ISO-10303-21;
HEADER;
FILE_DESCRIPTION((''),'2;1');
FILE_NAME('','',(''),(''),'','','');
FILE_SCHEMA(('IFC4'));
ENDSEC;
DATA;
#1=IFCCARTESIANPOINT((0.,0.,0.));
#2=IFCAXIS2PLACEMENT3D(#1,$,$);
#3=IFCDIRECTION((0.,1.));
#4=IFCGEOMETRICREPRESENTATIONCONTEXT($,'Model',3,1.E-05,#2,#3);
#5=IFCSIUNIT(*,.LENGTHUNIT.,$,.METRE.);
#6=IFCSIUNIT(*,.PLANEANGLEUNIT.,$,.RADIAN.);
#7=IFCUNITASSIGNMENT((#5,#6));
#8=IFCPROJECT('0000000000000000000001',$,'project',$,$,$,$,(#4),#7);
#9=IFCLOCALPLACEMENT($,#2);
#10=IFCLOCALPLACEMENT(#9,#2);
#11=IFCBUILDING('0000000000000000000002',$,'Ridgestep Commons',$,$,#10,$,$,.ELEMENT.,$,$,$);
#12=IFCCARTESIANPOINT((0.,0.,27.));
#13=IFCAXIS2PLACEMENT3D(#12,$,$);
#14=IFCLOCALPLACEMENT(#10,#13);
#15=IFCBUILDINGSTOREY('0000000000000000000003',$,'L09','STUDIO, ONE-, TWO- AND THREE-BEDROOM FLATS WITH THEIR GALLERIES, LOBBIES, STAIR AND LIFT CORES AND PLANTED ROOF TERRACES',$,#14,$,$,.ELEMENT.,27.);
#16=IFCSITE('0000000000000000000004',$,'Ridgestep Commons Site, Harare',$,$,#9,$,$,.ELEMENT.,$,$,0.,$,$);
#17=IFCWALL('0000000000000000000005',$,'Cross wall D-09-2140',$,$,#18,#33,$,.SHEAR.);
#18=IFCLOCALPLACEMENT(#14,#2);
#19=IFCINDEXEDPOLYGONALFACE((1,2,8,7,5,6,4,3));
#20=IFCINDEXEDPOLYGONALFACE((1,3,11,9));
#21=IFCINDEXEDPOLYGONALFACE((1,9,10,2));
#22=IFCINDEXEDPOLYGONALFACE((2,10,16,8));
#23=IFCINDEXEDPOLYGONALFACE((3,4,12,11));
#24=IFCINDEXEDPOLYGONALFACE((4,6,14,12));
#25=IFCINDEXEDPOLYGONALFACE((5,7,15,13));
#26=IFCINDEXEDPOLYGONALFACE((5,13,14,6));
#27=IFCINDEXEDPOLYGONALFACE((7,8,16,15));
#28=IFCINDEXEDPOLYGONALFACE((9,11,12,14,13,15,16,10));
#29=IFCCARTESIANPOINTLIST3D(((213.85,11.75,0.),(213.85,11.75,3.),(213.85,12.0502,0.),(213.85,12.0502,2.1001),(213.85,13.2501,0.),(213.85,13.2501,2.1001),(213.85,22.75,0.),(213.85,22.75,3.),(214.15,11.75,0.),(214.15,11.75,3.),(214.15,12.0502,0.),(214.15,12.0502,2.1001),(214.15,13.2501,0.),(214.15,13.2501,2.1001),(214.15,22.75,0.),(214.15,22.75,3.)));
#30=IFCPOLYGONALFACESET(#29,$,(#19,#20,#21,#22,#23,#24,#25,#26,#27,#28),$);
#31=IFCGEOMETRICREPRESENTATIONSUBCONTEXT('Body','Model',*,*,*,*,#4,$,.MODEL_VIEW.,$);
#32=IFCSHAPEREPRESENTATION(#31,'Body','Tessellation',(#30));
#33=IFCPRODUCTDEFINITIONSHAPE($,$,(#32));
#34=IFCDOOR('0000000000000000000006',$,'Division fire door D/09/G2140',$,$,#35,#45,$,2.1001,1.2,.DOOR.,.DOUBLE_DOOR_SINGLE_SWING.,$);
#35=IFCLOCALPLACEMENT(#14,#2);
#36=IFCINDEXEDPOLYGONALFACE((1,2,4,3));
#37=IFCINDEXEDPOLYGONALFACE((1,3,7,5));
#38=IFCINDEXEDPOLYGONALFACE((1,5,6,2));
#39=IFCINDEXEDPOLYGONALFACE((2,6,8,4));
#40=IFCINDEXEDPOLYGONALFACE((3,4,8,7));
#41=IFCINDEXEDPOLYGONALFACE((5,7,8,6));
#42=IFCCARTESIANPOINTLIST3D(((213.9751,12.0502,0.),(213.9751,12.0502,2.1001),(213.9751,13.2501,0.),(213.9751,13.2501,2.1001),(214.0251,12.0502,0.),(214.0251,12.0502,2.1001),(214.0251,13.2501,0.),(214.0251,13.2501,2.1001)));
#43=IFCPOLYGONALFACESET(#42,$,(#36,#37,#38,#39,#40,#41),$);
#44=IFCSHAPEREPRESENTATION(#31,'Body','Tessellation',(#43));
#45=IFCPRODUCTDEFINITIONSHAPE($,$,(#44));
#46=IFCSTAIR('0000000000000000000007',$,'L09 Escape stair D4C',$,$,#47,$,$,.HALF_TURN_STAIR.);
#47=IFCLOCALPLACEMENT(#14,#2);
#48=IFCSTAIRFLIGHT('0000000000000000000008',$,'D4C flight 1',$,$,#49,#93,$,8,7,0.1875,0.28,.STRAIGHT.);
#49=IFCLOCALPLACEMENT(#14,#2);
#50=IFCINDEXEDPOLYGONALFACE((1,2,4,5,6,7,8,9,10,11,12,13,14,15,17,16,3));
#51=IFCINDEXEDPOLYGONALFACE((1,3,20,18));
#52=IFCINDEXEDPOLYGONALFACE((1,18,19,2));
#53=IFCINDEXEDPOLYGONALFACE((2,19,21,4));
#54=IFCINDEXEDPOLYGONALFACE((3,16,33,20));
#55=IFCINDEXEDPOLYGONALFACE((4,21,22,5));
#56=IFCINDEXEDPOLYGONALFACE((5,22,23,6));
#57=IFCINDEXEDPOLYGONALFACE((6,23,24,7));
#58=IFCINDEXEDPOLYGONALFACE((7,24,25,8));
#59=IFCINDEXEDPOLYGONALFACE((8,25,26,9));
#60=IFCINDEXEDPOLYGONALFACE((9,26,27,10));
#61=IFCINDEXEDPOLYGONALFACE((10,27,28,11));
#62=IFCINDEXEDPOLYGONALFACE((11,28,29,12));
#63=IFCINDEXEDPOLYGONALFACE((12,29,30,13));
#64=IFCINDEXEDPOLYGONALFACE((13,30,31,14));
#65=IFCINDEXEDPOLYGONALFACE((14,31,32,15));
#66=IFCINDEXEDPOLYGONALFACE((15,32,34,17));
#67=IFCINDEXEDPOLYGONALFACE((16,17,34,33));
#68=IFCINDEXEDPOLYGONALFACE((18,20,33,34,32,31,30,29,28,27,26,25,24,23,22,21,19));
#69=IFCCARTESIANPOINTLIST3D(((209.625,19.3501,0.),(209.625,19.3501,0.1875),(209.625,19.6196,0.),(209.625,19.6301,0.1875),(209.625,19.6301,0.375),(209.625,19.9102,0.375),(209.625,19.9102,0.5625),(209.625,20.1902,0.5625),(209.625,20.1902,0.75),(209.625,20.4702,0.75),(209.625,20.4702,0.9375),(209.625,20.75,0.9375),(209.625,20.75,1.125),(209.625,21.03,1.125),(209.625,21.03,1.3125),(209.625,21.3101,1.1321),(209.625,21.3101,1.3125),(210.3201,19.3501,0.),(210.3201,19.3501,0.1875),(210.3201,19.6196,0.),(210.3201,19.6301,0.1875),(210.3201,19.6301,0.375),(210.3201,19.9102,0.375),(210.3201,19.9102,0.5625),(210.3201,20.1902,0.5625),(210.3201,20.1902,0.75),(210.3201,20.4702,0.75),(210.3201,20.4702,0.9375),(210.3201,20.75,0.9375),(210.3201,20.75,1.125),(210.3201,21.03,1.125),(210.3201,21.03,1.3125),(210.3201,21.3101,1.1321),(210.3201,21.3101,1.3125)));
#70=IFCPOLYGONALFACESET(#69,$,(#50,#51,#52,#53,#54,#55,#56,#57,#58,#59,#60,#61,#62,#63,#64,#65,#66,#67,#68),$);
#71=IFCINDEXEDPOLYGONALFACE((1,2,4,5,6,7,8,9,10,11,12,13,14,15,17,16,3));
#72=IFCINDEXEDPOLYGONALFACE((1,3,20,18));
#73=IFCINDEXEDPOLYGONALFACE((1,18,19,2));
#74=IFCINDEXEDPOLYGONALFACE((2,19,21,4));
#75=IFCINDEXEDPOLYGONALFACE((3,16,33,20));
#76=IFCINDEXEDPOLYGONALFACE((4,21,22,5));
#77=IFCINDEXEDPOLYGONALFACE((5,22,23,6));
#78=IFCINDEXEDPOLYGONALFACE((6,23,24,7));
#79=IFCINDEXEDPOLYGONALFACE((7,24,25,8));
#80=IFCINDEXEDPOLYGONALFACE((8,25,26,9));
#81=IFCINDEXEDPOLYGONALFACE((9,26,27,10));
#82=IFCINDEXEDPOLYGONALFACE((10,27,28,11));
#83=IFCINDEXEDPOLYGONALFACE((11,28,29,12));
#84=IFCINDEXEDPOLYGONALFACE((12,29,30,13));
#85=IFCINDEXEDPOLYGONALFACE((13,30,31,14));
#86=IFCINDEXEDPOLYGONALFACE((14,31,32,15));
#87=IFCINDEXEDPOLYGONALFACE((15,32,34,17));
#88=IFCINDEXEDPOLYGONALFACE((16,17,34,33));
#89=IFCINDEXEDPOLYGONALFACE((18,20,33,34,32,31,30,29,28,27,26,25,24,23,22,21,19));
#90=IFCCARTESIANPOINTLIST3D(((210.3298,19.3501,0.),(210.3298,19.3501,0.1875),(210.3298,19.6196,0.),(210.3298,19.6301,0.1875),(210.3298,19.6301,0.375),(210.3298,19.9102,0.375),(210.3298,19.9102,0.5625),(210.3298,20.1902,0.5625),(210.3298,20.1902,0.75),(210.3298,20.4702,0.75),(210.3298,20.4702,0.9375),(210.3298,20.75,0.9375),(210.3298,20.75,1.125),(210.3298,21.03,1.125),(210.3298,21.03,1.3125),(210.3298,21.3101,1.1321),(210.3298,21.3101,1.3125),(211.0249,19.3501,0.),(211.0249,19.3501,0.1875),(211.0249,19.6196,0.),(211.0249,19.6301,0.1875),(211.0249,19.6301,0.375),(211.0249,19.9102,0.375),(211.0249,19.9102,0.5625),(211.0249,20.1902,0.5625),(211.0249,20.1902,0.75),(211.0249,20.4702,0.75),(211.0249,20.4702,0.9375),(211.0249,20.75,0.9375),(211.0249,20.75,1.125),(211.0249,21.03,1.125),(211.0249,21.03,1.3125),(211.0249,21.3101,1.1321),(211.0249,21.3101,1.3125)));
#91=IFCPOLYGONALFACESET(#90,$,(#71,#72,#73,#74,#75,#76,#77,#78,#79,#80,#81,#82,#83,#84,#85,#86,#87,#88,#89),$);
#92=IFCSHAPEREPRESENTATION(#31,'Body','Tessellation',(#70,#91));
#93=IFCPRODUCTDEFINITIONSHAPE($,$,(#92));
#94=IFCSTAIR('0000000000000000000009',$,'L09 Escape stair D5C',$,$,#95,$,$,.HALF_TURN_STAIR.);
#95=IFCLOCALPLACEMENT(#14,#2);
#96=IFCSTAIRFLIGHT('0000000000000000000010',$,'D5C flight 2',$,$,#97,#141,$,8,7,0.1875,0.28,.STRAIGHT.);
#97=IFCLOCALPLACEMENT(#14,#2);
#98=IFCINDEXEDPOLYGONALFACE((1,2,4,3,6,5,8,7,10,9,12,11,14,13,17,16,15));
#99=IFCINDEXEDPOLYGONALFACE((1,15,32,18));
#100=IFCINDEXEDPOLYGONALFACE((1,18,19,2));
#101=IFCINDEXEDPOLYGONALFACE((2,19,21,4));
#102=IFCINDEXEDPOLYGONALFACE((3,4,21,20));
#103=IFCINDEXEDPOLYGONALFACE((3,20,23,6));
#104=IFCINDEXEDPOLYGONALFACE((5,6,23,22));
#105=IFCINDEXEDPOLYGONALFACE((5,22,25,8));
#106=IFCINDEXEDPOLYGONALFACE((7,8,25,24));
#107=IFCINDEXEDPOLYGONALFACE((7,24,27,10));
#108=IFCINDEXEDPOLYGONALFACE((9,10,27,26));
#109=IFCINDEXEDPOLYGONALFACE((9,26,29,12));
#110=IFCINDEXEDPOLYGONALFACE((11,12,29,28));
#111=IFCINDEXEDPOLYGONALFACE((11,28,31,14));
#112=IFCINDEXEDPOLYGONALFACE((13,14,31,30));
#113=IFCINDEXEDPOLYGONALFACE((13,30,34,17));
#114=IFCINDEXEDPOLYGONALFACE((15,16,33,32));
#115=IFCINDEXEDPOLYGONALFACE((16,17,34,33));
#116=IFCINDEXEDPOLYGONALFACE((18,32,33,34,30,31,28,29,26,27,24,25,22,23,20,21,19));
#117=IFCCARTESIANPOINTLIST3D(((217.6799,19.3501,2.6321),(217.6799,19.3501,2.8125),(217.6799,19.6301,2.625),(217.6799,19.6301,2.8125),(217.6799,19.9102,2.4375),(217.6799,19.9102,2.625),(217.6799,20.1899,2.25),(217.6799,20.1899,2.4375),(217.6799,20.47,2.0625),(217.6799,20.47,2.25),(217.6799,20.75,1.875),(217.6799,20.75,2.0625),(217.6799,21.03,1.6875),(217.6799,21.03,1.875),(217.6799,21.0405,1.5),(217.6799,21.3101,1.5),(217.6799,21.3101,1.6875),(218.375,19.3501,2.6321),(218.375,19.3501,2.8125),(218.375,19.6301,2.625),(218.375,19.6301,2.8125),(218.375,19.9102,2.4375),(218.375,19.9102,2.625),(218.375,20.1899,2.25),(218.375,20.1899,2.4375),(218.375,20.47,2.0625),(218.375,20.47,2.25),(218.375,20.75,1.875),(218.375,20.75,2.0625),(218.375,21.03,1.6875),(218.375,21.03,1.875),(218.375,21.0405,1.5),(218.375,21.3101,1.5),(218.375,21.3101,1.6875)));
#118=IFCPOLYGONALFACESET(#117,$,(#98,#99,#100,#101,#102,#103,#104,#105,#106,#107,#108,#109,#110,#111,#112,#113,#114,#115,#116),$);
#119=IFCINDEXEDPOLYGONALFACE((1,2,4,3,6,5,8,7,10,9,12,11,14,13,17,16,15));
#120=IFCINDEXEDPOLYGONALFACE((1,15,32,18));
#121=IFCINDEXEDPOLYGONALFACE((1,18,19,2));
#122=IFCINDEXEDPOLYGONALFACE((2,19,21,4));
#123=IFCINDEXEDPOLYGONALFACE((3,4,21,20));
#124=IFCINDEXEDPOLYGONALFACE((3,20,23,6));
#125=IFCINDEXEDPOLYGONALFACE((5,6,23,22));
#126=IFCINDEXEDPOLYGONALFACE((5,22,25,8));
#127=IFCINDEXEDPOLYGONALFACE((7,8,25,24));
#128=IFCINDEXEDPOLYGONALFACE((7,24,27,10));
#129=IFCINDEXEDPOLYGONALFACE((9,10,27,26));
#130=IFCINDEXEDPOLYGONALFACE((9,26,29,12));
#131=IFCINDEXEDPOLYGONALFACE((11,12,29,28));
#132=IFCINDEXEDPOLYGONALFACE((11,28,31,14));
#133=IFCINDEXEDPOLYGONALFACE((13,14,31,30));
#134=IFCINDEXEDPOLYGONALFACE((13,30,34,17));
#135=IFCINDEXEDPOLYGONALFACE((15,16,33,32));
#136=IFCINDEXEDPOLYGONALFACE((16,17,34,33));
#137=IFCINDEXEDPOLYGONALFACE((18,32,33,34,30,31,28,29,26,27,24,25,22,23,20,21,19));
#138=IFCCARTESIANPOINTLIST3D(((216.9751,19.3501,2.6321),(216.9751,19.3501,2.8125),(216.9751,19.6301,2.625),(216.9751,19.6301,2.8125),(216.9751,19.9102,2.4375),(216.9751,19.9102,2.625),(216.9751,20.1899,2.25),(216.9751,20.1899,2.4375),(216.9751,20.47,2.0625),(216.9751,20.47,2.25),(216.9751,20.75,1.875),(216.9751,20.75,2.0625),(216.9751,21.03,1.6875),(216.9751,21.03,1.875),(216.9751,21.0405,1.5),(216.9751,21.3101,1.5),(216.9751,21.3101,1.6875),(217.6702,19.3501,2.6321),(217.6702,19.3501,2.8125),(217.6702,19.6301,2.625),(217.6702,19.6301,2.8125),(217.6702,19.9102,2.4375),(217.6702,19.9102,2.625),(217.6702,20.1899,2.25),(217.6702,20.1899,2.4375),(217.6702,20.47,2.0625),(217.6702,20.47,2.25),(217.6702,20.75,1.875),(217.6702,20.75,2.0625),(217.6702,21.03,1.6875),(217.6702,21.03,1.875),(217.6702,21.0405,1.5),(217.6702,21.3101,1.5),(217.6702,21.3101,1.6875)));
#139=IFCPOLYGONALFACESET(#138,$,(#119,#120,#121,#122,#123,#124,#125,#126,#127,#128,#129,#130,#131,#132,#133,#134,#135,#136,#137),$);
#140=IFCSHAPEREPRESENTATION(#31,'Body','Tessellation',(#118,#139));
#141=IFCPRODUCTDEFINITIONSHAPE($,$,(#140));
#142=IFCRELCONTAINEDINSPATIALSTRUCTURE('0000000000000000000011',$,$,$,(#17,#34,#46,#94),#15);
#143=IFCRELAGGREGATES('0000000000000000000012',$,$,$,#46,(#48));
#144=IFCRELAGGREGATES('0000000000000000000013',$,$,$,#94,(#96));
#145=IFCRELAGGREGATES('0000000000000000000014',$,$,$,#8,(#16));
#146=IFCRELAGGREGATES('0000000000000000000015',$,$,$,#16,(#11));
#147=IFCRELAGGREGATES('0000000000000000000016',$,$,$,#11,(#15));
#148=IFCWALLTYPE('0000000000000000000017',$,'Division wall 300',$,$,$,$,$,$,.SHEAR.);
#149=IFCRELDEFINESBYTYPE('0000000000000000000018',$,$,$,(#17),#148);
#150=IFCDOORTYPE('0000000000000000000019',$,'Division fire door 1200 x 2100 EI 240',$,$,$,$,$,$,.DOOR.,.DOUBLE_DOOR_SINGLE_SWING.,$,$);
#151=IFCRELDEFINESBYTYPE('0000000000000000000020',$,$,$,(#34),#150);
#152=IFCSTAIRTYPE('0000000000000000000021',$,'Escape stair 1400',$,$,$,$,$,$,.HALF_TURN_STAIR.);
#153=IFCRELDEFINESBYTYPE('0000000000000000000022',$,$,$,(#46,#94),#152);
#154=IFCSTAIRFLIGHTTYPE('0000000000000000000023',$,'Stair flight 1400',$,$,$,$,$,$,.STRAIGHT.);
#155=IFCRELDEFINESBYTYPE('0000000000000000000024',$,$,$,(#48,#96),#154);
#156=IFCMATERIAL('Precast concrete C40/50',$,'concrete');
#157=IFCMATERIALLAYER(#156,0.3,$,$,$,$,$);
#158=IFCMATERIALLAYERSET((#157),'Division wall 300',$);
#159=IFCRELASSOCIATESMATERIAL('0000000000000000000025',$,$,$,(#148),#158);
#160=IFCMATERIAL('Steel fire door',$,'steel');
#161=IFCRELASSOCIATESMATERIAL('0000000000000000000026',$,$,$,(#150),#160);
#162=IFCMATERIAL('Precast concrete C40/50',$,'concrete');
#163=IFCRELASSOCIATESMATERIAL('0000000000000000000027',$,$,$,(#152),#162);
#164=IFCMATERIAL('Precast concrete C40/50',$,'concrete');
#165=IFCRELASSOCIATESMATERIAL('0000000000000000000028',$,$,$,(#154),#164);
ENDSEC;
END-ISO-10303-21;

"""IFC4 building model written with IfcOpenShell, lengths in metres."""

from ifc_helpers import new_model, si_unit, direction, frame, frame_2d, origin, place, context, subcontext, project, spatial, polyline, rectangle, outline, extrude, material, layer, layer_set, type_object, element, fill, aggregate, save


model = new_model("IFC4")

# Units and contexts
model_context = context("Model", 3, precision=1e-05, world=origin(), true_north=direction((0.0, 1.0)))
body_context = subcontext(model_context, "Body", "Model", "MODEL_VIEW")
ifc_project = project(units=[si_unit("LENGTHUNIT", "METRE"), si_unit("PLANEANGLEUNIT", "RADIAN")], contexts=[model_context])

# Site, building, storey
site_placement = place(None, origin())
site = spatial("IfcSite", under=ifc_project, at=site_placement, Name="Ridgestep Commons Site, Harare", CompositionType="ELEMENT", RefElevation=0.0)
building_placement = place(site_placement, origin())
building = spatial("IfcBuilding", under=site, at=building_placement, Name="Ridgestep Commons", CompositionType="ELEMENT")
storey_placement = place(building_placement, frame((0.0, 0.0, 27.0)))
storey = spatial("IfcBuildingStorey", under=building, at=storey_placement, Name="L09", Description="STUDIO, ONE-, TWO- AND THREE-BEDROOM FLATS WITH THEIR GALLERIES, LOBBIES, STAIR AND LIFT CORES AND PLANTED ROOF TERRACES", CompositionType="ELEMENT", Elevation=27.0)

# Wall, opening, door
ifc_material_1 = material(Name="Precast concrete C40/50", Category="concrete")
ifc_layer_1 = layer(ifc_material_1, 0.3)
ifc_layer_set_1 = layer_set([ifc_layer_1], Name="Division wall 300")
wall_type_1 = type_object("IfcWallType", Name="Division wall 300", PredefinedType="SHEAR", material=ifc_layer_set_1)
wall_1_placement = place(storey_placement, frame((214.0, 11.75, 0.0), z_axis=(0.0, 0.0, 1.0), x_axis=(0.0, 1.0, 0.0)))
wall_1 = element("IfcWall", 1, at=wall_1_placement, inside=storey, type_object=wall_type_1, Name="Cross wall D-09-2140", PredefinedType="SHEAR", context=body_context, shape_type="SweptSolid", body=[
    extrude(rectangle(XDim=11.0, YDim=0.3, at=frame_2d((5.5, 0.0))), origin(), (0.0, 0.0, 1.0), 3.0),
])
opening_1_placement = place(wall_1_placement, frame((0.3, 0.0, 0.0)))
opening_1 = element("IfcOpeningElement", 2, at=opening_1_placement, cuts=wall_1, PredefinedType="OPENING", context=body_context, shape_type="SweptSolid", body=[
    extrude(rectangle(XDim=1.2, YDim=2.1001, at=frame_2d((0.6001, 1.05))), frame((0.0, 0.1599, 0.0), z_axis=(0.0, -1.0, 0.0), x_axis=(1.0, 0.0, 0.0)), (0.0, 0.0, 1.0), 0.3201),
])
ifc_material_2 = material(Name="Steel fire door", Category="steel")
door_type_1 = type_object("IfcDoorType", Name="Division fire door 1200 x 2100 EI 240", OperationType="DOUBLE_DOOR_SINGLE_SWING", PredefinedType="DOOR", material=ifc_material_2)
door_1_placement = place(opening_1_placement, origin())
door_1 = element("IfcDoor", 3, at=door_1_placement, inside=storey, type_object=door_type_1, Name="Division fire door D/09/G2140", OperationType="DOUBLE_DOOR_SINGLE_SWING", OverallHeight=2.1001, OverallWidth=1.2, PredefinedType="DOOR", context=body_context, shape_type="SweptSolid", body=[
    extrude(rectangle(XDim=1.2, YDim=2.1001, at=frame_2d((0.6001, 1.05))), frame((0.0, 0.0249, 0.0), z_axis=(0.0, -1.0, 0.0), x_axis=(1.0, 0.0, 0.0)), (0.0, 0.0, 1.0), 0.05),
])
fill(opening_1, door_1)

# Stairs, stair flights
ifc_material_3 = material(Name="Precast concrete C40/50", Category="concrete")
stair_type = type_object("IfcStairType", Name="Escape stair 1400", PredefinedType="HALF_TURN_STAIR", material=ifc_material_3)
stair_1_placement = place(storey_placement, origin())
stair_1 = element("IfcStair", 4, at=stair_1_placement, inside=storey, type_object=stair_type, Name="L09 Escape stair D4C", PredefinedType="HALF_TURN_STAIR")
ifc_material_4 = material(Name="Precast concrete C40/50", Category="concrete")
stair_flight_type = type_object("IfcStairFlightType", Name="Stair flight 1400", PredefinedType="STRAIGHT", material=ifc_material_4)
stair_flight_1_placement = place(storey_placement, frame((210.325, 19.3501, 0.0), z_axis=(0.0, 0.0, 1.0), x_axis=(0.0, 1.0, 0.0)))
stair_flight_1 = element("IfcStairFlight", 5, at=stair_flight_1_placement, type_object=stair_flight_type, Name="D4C flight 1", NumberOfRisers=8, NumberOfTreads=7, PredefinedType="STRAIGHT", RiserHeight=0.1875, TreadLength=0.28, context=body_context, shape_type="SweptSolid", body=[
    extrude(outline(polyline([(0.0, 0.0), (0.0, 0.1875), (0.28, 0.1875), (0.28, 0.375), (0.5601, 0.375), (0.5601, 0.5625), (0.8401, 0.5625), (0.8401, 0.75), (1.1201, 0.75), (1.1201, 0.9375), (1.3999, 0.9375), (1.3999, 1.125), (1.6799, 1.125), (1.6799, 1.3125), (1.96, 1.3125), (1.96, 1.5), (1.96, 1.1321), (0.2695, 0.0), (0.0, 0.0)])), frame((0.0, 0.7, 0.0), z_axis=(0.0, -1.0, 0.0), x_axis=(1.0, 0.0, 0.0)), (0.0, 0.0, 1.0), 0.6951),
    extrude(outline(polyline([(0.0, 0.0), (0.0, 0.1875), (0.28, 0.1875), (0.28, 0.375), (0.5601, 0.375), (0.5601, 0.5625), (0.8401, 0.5625), (0.8401, 0.75), (1.1201, 0.75), (1.1201, 0.9375), (1.3999, 0.9375), (1.3999, 1.125), (1.6799, 1.125), (1.6799, 1.3125), (1.96, 1.3125), (1.96, 1.5), (1.96, 1.1321), (0.2695, 0.0), (0.0, 0.0)])), frame((0.0, -0.0049, 0.0), z_axis=(0.0, -1.0, 0.0), x_axis=(1.0, 0.0, 0.0)), (0.0, 0.0, 1.0), 0.6951),
])
aggregate(stair_1, [stair_flight_1])
stair_2_placement = place(storey_placement, origin())
stair_2 = element("IfcStair", 6, at=stair_2_placement, inside=storey, type_object=stair_type, Name="L09 Escape stair D5C", PredefinedType="HALF_TURN_STAIR")
stair_flight_2_placement = place(storey_placement, frame((217.675, 21.3101, 1.5), z_axis=(0.0, 0.0, 1.0), x_axis=(0.0, -1.0, 0.0)))
stair_flight_2 = element("IfcStairFlight", 7, at=stair_flight_2_placement, type_object=stair_flight_type, Name="D5C flight 2", NumberOfRisers=8, NumberOfTreads=7, PredefinedType="STRAIGHT", RiserHeight=0.1875, TreadLength=0.28, context=body_context, shape_type="SweptSolid", body=[
    extrude(outline(polyline([(0.0, 0.0), (0.0, 0.1875), (0.28, 0.1875), (0.28, 0.375), (0.5601, 0.375), (0.5601, 0.5625), (0.8401, 0.5625), (0.8401, 0.75), (1.1201, 0.75), (1.1201, 0.9375), (1.3999, 0.9375), (1.3999, 1.125), (1.6799, 1.125), (1.6799, 1.3125), (1.96, 1.3125), (1.96, 1.5), (1.96, 1.1321), (0.2695, 0.0), (0.0, 0.0)])), frame((0.0, 0.7, 0.0), z_axis=(0.0, -1.0, 0.0), x_axis=(1.0, 0.0, 0.0)), (0.0, 0.0, 1.0), 0.6951),
    extrude(outline(polyline([(0.0, 0.0), (0.0, 0.1875), (0.28, 0.1875), (0.28, 0.375), (0.5601, 0.375), (0.5601, 0.5625), (0.8401, 0.5625), (0.8401, 0.75), (1.1201, 0.75), (1.1201, 0.9375), (1.3999, 0.9375), (1.3999, 1.125), (1.6799, 1.125), (1.6799, 1.3125), (1.96, 1.3125), (1.96, 1.5), (1.96, 1.1321), (0.2695, 0.0), (0.0, 0.0)])), frame((0.0, -0.0049, 0.0), z_axis=(0.0, -1.0, 0.0), x_axis=(1.0, 0.0, 0.0)), (0.0, 0.0, 1.0), 0.6951),
])
aggregate(stair_2, [stair_flight_2])

save(model, "model.ifc")
